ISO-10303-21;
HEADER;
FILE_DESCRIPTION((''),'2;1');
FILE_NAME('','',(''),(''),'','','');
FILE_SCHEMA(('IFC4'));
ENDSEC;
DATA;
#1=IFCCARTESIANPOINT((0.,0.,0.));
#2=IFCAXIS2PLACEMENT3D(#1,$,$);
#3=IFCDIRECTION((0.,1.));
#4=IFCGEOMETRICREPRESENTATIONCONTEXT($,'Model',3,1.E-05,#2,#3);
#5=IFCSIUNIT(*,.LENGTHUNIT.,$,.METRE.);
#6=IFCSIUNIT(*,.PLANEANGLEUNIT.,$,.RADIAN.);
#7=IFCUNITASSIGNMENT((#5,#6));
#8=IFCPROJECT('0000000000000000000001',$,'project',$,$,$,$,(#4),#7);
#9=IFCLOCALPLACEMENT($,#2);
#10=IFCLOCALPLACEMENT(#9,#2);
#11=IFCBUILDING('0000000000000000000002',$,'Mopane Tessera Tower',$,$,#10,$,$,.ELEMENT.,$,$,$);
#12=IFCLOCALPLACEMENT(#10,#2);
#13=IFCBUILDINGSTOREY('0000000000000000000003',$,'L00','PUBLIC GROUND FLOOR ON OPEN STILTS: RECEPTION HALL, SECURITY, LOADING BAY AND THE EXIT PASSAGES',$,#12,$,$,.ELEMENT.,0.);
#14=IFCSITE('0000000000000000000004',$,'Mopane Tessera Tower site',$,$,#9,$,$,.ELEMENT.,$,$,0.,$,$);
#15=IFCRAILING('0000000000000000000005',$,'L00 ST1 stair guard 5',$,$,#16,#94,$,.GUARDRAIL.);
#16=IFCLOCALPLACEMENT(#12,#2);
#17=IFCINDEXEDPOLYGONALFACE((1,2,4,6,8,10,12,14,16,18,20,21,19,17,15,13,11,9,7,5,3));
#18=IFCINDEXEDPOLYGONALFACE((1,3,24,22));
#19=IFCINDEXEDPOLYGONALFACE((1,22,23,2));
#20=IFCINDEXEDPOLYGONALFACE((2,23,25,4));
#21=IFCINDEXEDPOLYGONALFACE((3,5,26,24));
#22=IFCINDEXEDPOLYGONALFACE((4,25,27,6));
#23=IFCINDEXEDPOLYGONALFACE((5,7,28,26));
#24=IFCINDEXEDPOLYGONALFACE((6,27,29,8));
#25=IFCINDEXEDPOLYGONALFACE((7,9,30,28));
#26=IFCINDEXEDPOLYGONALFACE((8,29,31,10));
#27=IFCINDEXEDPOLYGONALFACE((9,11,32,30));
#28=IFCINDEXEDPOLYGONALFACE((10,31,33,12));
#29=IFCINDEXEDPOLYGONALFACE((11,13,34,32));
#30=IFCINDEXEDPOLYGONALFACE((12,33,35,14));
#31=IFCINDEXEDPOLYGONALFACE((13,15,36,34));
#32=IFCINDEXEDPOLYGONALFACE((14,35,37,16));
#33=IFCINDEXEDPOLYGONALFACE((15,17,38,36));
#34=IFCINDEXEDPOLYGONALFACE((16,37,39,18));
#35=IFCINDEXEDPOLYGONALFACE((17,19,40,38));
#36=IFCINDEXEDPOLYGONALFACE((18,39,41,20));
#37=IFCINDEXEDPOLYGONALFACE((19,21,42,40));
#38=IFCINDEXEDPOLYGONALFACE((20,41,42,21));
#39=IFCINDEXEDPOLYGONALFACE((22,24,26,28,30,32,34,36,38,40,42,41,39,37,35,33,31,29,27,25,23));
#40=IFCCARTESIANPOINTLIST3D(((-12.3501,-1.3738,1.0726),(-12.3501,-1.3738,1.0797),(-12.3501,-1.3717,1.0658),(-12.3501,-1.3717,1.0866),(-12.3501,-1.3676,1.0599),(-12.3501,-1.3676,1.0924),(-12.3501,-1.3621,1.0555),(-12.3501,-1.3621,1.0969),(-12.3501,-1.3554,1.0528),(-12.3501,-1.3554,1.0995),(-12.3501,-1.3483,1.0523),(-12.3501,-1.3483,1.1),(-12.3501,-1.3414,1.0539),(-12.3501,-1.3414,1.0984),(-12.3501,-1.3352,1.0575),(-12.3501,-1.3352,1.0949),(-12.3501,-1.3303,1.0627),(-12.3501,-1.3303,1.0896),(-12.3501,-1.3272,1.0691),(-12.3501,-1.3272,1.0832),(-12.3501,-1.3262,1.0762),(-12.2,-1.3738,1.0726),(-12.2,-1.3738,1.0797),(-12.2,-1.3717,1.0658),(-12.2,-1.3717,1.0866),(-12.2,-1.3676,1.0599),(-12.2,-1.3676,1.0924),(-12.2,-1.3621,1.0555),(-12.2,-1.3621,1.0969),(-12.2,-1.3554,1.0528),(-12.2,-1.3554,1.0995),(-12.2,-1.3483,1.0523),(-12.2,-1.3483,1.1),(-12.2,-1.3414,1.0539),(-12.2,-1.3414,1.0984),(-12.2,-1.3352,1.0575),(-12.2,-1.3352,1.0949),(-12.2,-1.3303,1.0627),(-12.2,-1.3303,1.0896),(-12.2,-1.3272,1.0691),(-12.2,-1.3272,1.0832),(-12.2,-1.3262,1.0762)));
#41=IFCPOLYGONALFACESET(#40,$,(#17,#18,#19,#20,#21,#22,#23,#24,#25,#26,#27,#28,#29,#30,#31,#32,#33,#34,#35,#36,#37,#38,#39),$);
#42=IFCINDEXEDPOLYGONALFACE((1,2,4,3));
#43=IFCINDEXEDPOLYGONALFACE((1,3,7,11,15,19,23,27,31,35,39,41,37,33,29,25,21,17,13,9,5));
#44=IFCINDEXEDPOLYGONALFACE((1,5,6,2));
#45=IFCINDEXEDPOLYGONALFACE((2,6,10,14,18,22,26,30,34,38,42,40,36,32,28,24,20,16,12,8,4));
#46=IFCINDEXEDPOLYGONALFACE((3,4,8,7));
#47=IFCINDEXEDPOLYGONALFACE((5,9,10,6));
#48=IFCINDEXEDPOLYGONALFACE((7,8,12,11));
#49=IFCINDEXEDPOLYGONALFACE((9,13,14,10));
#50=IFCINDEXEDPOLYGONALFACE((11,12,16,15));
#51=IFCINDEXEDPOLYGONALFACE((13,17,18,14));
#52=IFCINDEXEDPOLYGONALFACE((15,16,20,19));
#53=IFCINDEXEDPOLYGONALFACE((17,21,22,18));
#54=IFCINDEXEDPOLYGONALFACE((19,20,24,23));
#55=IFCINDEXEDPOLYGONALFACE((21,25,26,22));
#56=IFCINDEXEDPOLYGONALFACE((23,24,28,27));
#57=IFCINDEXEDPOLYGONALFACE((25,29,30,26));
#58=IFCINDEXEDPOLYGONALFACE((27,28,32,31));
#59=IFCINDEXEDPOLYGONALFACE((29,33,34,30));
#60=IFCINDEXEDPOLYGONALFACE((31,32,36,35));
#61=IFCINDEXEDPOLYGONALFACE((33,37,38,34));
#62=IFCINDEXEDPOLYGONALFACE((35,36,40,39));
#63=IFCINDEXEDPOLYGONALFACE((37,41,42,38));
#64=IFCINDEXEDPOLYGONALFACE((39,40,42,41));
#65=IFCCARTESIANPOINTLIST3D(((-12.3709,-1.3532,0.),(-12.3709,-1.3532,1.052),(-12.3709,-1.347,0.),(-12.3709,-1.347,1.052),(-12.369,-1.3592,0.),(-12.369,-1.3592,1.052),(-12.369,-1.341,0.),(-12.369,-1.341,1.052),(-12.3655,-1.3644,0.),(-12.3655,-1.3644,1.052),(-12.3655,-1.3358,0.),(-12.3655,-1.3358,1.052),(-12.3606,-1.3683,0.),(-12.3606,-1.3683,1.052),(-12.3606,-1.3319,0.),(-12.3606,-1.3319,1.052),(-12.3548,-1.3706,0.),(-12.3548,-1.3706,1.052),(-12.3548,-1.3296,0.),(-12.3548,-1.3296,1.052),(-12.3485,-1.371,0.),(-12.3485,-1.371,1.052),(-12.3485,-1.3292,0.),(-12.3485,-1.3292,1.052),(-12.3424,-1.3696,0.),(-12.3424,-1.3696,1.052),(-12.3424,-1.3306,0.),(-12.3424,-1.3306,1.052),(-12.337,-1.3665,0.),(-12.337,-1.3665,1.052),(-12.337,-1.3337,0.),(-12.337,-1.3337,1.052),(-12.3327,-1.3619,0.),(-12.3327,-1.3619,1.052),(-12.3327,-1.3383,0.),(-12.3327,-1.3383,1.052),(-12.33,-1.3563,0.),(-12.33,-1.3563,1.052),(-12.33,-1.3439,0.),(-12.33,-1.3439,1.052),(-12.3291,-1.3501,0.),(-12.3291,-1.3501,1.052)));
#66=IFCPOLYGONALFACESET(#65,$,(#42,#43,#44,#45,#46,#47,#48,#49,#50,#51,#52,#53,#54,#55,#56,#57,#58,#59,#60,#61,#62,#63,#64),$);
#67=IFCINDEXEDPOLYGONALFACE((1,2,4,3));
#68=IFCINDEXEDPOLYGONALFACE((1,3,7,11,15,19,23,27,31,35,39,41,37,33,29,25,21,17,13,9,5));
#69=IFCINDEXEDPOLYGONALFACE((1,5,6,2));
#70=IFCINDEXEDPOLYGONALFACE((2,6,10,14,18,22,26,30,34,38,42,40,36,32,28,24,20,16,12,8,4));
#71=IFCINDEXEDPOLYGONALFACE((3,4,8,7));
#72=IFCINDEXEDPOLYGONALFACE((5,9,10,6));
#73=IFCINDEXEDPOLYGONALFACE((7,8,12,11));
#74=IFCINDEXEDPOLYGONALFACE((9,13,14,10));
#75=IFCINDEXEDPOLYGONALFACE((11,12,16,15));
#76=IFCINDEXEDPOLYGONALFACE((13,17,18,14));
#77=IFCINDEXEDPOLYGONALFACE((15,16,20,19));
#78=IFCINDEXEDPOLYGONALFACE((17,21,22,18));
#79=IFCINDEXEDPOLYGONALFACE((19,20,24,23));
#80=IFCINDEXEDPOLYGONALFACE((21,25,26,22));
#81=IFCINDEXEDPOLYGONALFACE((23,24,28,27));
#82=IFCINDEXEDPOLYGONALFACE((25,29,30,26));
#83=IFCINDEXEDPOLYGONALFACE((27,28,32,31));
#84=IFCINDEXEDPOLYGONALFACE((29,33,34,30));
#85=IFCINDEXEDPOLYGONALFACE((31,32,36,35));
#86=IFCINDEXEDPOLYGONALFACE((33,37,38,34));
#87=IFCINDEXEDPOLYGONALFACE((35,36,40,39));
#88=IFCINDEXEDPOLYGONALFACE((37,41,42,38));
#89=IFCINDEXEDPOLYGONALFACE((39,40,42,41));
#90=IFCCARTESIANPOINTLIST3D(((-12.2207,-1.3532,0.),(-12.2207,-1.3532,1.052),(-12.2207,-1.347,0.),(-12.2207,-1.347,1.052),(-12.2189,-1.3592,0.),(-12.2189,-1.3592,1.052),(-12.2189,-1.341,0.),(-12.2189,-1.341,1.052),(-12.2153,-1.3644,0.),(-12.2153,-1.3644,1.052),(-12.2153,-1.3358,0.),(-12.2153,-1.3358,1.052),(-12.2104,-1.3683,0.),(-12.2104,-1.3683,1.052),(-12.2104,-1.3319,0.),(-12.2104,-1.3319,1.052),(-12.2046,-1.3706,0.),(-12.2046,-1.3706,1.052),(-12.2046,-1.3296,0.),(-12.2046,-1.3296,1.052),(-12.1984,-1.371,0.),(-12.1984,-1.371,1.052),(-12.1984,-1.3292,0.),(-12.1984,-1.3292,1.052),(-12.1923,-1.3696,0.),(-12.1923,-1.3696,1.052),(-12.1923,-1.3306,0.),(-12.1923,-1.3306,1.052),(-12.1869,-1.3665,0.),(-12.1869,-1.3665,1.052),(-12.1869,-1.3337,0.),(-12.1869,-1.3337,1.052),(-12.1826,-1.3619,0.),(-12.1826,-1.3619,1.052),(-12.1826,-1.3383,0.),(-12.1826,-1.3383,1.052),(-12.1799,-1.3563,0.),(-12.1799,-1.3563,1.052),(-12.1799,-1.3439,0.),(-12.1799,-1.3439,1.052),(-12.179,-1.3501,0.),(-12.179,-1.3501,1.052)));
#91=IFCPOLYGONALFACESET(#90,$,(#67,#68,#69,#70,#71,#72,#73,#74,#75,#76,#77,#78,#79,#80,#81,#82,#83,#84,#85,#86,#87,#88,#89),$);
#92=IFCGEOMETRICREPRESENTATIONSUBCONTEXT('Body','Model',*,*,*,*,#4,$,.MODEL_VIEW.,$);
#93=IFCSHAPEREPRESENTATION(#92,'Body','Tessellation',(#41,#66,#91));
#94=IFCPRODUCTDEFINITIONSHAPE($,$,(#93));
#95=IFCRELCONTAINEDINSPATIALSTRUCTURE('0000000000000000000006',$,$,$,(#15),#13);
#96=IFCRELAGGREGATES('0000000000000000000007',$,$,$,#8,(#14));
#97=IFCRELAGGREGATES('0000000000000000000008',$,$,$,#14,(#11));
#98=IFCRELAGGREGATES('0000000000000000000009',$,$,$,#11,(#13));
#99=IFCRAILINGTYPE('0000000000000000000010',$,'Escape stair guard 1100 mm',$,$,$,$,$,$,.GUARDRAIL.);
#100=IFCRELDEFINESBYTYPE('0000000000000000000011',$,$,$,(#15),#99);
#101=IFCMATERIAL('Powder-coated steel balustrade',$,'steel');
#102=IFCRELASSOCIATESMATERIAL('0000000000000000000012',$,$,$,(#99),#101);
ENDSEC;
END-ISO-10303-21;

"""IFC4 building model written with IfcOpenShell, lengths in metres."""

from ifc_helpers import new_model, si_unit, direction, frame, origin, origin_2d, place, context, subcontext, project, spatial, circle, extrude, material, type_object, element, save


model = new_model("IFC4")

# Units and contexts
model_context = context("Model", 3, precision=1e-05, world=origin(), true_north=direction((0.0, 1.0)))
body_context = subcontext(model_context, "Body", "Model", "MODEL_VIEW")
ifc_project = project(units=[si_unit("LENGTHUNIT", "METRE"), si_unit("PLANEANGLEUNIT", "RADIAN")], contexts=[model_context])

# Site, building, storey
site_placement = place(None, origin())
site = spatial("IfcSite", under=ifc_project, at=site_placement, Name="Mopane Tessera Tower site", CompositionType="ELEMENT", RefElevation=0.0)
building_placement = place(site_placement, origin())
building = spatial("IfcBuilding", under=site, at=building_placement, Name="Mopane Tessera Tower", CompositionType="ELEMENT")
storey_placement = place(building_placement, origin())
storey = spatial("IfcBuildingStorey", under=building, at=storey_placement, Name="L00", Description="PUBLIC GROUND FLOOR ON OPEN STILTS: RECEPTION HALL, SECURITY, LOADING BAY AND THE EXIT PASSAGES", CompositionType="ELEMENT", Elevation=0.0)

# Railing
ifc_material_1 = material(Name="Powder-coated steel balustrade", Category="steel")
railing_type_1 = type_object("IfcRailingType", Name="Escape stair guard 1100 mm", PredefinedType="GUARDRAIL", material=ifc_material_1)
railing_1_placement = place(storey_placement, frame((-12.3501, -1.3501, 0.0)))
element("IfcRailing", 1, at=railing_1_placement, inside=storey, type_object=railing_type_1, Name="L00 ST1 stair guard 5", PredefinedType="GUARDRAIL", context=body_context, shape_type="SweptSolid", body=[
    extrude(circle(Radius=0.0239, at=origin_2d()), frame((0.0, 0.0, 1.0762), z_axis=(1.0, 0.0, 0.0), x_axis=(0.0, 1.0, 0.0)), (0.0, 0.0, 1.0), 0.1501),
    extrude(circle(Radius=0.021, at=origin_2d()), origin(), (0.0, 0.0, 1.0), 1.052),
    extrude(circle(Radius=0.021, at=origin_2d()), frame((0.1501, 0.0, 0.0)), (0.0, 0.0, 1.0), 1.052),
])

save(model, "model.ifc")
